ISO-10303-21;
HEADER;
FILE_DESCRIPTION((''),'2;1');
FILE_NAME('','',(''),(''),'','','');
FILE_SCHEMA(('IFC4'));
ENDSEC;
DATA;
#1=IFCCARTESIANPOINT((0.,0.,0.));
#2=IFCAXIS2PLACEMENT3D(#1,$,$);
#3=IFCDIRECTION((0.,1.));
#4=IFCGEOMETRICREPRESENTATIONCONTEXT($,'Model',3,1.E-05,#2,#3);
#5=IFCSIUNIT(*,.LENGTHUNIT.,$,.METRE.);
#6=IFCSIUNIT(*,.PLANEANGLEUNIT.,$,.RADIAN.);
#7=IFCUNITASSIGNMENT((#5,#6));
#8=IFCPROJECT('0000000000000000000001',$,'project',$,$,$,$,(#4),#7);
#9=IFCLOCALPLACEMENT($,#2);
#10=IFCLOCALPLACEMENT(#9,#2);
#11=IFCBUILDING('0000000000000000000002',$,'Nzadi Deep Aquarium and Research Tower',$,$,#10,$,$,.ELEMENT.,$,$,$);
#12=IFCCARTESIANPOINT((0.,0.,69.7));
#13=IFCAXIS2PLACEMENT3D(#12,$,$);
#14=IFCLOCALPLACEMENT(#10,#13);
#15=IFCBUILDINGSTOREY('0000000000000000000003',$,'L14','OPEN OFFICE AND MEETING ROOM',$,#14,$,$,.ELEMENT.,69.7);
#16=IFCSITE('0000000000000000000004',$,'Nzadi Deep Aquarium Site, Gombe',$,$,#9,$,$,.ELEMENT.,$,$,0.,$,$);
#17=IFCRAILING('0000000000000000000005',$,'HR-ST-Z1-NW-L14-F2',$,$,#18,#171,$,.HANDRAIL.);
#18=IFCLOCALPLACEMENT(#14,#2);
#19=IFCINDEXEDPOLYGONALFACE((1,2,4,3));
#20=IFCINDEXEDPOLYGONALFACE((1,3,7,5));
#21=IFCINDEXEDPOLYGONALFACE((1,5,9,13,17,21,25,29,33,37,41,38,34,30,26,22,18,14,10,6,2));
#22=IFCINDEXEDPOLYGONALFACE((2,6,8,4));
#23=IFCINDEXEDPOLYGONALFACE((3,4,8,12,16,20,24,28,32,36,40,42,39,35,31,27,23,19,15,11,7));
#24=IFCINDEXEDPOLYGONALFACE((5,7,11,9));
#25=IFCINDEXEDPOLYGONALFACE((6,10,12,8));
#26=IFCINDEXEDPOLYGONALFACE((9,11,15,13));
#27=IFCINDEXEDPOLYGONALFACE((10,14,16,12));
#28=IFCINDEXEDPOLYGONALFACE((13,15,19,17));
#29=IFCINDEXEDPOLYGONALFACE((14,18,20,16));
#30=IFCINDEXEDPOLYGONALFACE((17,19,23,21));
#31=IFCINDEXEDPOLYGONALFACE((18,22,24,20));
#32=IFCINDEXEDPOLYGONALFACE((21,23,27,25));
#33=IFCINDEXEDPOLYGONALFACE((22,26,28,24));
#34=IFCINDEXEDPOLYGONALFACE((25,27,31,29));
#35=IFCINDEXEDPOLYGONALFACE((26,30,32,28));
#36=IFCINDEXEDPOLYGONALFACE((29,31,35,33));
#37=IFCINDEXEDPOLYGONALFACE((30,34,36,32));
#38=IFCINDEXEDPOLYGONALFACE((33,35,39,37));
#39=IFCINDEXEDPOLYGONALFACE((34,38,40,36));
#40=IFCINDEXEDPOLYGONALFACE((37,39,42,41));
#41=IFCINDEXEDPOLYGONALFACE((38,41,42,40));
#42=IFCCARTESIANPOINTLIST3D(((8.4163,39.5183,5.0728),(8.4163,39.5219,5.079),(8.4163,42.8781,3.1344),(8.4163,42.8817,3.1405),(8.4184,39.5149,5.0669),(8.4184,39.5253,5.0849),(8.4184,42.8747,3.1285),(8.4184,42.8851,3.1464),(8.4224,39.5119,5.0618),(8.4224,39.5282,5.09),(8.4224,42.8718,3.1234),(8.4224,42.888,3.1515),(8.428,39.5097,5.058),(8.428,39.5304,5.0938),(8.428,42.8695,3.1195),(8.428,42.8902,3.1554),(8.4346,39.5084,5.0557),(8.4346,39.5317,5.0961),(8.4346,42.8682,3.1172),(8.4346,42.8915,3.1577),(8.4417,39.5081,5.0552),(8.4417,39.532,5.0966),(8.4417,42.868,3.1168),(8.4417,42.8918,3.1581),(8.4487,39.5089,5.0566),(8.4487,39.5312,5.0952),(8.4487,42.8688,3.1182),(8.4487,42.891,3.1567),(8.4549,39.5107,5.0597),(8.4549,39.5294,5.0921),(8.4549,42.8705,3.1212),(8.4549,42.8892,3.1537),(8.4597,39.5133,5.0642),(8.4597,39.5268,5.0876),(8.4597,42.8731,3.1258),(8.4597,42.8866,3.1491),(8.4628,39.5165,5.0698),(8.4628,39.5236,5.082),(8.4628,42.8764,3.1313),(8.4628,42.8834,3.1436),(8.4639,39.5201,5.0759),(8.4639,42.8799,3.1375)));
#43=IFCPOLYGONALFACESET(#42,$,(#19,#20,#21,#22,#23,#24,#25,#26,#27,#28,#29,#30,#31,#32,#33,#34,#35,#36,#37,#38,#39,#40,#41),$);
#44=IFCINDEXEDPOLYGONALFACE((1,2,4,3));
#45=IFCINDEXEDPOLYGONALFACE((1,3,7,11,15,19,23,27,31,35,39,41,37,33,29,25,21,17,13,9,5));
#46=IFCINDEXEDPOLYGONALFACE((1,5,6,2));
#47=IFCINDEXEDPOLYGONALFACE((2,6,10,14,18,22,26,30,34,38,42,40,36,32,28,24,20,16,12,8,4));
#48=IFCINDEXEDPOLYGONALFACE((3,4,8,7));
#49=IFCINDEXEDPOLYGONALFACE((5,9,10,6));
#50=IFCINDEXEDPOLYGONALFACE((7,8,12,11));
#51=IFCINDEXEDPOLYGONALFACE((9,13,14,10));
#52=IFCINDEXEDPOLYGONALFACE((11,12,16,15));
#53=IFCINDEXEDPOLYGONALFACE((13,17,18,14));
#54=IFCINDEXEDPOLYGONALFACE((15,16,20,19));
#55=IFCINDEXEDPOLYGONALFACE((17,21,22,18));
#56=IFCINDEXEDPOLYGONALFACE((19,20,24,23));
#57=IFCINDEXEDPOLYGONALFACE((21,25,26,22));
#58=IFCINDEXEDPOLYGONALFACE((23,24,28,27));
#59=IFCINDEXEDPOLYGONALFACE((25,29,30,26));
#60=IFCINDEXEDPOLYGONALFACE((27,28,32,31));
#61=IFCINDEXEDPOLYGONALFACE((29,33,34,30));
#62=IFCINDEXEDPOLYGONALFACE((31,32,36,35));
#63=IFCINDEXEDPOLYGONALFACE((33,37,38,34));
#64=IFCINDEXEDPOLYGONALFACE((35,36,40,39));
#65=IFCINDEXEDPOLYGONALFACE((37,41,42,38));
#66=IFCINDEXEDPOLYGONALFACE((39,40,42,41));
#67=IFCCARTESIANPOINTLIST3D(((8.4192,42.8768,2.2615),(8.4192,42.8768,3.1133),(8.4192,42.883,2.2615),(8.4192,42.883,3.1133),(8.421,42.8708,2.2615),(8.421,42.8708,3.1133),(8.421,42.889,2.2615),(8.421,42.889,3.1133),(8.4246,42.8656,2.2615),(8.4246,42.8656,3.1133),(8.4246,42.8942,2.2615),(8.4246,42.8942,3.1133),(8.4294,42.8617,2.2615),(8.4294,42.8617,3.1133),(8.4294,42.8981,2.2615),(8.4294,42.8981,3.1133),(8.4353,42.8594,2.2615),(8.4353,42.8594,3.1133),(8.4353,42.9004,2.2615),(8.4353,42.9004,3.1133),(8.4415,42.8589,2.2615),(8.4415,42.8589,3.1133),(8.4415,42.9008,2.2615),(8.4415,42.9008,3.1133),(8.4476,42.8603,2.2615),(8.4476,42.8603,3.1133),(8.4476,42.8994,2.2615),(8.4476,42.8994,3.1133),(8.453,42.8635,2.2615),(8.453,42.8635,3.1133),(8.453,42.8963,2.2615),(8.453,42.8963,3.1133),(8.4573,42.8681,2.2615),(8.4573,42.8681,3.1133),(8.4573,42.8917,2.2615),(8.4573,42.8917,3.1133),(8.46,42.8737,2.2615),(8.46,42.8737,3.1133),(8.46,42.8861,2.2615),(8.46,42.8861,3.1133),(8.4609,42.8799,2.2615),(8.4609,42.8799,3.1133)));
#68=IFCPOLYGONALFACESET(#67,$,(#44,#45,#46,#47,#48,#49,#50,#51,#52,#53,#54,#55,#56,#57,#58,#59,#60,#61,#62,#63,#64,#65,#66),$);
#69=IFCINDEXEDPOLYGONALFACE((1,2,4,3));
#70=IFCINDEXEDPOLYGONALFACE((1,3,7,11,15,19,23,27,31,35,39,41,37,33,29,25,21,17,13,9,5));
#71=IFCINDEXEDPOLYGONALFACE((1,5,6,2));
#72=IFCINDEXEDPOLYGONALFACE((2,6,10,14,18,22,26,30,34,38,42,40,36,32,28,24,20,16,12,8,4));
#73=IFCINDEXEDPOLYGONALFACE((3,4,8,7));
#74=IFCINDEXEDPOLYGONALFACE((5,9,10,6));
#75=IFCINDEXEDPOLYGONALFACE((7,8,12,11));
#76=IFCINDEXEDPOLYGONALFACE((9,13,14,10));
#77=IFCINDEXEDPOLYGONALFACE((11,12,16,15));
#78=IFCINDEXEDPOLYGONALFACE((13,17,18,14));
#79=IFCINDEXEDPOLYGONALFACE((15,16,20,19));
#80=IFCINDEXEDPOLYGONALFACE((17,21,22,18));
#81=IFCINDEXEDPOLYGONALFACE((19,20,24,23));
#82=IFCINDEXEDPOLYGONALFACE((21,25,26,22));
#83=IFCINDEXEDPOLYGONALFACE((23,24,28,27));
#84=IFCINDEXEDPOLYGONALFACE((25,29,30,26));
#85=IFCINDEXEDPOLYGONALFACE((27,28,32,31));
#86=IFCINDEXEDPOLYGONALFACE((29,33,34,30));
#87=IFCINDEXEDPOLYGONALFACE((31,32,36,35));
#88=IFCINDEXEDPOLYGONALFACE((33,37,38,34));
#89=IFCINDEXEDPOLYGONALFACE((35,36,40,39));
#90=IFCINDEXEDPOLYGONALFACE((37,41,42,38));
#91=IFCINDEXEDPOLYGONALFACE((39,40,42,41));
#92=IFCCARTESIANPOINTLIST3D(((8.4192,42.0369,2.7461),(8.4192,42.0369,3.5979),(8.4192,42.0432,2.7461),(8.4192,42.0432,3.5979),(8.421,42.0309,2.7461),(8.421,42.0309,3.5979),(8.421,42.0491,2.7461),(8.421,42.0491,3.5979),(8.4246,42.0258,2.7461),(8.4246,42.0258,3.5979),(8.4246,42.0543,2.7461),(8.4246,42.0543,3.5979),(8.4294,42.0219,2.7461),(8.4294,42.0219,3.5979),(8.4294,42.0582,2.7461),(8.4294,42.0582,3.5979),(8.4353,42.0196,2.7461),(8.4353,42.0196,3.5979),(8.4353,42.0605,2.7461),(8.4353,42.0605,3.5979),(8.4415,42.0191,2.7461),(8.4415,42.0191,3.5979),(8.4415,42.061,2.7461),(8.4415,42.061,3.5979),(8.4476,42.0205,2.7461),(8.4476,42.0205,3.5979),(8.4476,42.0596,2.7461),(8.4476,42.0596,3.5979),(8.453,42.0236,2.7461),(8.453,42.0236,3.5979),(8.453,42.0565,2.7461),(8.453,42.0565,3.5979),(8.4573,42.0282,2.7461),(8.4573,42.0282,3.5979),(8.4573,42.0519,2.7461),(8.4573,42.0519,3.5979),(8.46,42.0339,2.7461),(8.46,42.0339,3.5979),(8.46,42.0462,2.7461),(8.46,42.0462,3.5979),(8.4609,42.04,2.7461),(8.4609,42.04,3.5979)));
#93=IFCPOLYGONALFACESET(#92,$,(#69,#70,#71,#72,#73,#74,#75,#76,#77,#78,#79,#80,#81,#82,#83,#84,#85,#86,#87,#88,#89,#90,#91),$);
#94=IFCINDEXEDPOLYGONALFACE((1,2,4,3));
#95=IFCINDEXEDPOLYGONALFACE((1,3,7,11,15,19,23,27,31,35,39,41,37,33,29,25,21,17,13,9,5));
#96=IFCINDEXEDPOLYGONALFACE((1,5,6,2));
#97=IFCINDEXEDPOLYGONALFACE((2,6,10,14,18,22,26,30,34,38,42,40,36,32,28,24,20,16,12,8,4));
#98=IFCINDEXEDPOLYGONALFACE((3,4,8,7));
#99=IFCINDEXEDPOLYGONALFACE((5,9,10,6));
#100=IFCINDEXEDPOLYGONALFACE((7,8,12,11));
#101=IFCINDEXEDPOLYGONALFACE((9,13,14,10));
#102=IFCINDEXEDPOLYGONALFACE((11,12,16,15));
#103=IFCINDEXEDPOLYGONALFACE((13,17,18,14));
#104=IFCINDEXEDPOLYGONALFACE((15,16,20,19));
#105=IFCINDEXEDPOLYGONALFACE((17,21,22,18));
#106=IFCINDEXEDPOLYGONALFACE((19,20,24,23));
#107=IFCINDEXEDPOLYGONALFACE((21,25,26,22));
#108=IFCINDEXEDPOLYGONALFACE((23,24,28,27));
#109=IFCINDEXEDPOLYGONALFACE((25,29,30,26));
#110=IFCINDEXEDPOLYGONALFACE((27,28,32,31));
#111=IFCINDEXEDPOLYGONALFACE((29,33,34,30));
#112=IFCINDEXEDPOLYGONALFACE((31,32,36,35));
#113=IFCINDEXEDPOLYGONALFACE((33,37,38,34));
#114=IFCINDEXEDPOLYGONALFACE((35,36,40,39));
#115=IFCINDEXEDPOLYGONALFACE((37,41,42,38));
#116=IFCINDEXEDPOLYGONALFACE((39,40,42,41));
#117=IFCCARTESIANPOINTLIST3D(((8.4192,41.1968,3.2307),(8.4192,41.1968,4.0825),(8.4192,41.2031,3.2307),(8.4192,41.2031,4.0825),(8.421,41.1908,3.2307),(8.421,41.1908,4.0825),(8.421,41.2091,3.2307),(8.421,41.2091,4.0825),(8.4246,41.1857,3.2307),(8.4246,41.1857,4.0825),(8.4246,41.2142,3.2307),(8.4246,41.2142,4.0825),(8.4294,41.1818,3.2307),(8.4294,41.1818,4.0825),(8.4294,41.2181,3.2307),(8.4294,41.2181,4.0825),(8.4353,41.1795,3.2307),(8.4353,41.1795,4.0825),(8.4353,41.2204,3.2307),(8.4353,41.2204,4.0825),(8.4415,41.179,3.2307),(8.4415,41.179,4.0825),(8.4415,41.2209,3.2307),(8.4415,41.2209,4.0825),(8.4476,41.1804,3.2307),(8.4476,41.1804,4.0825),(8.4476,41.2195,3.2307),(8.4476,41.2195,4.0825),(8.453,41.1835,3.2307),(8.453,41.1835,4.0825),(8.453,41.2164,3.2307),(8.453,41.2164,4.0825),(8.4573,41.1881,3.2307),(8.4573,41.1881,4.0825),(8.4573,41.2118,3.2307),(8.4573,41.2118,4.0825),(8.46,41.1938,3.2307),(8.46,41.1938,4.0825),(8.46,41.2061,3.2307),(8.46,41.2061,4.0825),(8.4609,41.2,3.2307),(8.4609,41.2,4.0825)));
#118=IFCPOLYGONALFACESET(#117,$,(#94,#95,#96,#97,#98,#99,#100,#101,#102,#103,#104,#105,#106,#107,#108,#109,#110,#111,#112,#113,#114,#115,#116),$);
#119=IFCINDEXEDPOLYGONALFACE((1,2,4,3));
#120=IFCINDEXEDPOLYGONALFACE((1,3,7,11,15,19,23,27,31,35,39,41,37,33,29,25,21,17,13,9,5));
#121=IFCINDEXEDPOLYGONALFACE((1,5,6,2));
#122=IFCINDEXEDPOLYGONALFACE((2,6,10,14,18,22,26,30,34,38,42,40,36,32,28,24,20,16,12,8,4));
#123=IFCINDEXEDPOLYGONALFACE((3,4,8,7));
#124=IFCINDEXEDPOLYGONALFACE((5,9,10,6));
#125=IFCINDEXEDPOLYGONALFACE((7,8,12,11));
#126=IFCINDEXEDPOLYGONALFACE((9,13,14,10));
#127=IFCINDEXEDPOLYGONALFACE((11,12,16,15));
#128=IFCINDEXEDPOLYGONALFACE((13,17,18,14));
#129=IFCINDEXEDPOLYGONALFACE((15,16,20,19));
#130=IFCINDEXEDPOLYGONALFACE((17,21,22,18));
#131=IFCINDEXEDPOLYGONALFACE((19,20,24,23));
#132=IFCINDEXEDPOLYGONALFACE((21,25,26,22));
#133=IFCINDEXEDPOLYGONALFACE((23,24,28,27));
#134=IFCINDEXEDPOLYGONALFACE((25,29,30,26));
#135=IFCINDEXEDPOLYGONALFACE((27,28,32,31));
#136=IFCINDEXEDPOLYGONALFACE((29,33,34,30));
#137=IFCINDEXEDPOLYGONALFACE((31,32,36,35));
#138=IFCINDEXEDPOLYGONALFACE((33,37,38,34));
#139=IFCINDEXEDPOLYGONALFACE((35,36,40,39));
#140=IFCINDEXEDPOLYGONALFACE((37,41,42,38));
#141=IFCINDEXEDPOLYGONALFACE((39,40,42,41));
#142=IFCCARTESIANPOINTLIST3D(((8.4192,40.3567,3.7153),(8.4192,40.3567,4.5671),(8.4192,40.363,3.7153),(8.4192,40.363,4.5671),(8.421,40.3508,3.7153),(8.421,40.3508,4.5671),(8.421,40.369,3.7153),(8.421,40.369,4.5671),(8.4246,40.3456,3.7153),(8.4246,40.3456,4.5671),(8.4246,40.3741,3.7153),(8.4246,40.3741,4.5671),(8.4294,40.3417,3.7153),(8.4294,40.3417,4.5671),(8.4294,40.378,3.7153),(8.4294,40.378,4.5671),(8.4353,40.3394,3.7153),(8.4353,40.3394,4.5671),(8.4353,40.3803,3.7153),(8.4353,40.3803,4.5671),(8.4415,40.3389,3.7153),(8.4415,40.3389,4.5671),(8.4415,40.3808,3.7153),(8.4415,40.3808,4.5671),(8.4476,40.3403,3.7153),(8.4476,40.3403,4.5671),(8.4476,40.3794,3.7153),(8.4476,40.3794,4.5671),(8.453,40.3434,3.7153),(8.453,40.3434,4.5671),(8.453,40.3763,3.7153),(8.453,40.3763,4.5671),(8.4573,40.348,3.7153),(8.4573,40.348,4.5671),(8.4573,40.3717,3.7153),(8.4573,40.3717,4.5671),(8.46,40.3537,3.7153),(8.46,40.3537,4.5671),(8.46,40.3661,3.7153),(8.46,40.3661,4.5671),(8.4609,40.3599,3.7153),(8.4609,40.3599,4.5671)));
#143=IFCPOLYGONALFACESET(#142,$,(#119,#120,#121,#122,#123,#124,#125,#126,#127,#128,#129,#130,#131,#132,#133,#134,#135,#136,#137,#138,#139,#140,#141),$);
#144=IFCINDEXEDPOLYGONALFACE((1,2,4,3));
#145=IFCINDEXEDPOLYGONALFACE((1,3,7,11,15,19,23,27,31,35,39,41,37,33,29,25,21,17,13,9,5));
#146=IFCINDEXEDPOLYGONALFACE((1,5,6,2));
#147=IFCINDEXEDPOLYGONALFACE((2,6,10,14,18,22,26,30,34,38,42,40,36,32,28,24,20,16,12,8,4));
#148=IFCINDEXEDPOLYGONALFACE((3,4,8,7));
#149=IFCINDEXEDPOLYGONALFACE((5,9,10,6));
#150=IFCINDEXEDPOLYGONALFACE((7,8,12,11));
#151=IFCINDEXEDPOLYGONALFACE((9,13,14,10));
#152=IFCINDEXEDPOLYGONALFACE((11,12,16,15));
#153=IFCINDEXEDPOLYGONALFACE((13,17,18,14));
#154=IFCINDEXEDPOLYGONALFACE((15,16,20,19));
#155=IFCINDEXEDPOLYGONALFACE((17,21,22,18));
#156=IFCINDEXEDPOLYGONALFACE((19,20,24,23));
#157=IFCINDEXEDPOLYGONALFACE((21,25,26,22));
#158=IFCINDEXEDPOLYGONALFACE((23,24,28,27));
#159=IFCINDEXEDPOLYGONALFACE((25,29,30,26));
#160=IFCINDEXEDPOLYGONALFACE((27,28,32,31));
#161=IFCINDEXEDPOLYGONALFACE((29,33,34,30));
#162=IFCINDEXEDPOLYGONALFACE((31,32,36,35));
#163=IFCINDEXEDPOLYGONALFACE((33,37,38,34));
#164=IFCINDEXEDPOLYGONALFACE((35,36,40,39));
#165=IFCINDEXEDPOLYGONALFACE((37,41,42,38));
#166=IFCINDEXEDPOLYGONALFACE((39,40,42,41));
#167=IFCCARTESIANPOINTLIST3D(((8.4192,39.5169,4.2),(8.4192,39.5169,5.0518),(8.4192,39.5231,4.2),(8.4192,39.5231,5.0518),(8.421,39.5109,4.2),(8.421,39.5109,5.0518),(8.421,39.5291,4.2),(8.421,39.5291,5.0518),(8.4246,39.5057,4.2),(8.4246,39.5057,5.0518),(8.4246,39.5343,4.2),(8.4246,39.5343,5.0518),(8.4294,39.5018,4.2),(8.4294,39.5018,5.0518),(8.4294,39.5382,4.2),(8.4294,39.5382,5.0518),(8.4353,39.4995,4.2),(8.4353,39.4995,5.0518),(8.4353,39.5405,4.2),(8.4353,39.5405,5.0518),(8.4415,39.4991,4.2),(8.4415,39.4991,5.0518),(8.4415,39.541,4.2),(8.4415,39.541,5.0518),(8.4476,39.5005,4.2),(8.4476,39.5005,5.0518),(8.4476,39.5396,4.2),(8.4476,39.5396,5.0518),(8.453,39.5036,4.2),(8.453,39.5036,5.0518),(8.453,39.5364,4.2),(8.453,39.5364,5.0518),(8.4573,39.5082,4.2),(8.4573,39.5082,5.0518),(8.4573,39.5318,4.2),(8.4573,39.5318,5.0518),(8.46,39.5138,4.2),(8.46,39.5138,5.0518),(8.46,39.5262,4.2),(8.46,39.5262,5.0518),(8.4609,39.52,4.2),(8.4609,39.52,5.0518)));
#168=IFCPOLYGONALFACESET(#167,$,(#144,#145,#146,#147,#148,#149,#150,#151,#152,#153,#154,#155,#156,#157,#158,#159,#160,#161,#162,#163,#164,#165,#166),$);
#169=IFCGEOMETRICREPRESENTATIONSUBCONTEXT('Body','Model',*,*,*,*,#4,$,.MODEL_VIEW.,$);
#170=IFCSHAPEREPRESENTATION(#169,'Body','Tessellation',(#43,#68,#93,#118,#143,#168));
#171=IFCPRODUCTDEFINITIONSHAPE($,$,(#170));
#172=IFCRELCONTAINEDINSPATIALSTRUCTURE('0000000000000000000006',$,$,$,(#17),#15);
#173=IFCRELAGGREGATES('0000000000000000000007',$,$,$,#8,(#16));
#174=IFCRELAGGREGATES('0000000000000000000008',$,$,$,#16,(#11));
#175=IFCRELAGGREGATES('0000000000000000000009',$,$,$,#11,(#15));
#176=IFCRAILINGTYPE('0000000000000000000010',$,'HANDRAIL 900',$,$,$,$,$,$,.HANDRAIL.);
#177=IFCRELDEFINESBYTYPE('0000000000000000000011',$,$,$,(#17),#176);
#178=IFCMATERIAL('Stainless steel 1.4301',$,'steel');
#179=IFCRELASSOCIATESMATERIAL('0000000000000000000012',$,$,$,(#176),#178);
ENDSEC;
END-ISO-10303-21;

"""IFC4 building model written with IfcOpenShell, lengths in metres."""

from ifc_helpers import new_model, si_unit, direction, frame, origin, origin_2d, place, context, subcontext, project, spatial, circle, extrude, material, type_object, element, save


model = new_model("IFC4")

# Units and contexts
model_context = context("Model", 3, precision=1e-05, world=origin(), true_north=direction((0.0, 1.0)))
body_context = subcontext(model_context, "Body", "Model", "MODEL_VIEW")
ifc_project = project(units=[si_unit("LENGTHUNIT", "METRE"), si_unit("PLANEANGLEUNIT", "RADIAN")], contexts=[model_context])

# Site, building, storey
site_placement = place(None, origin())
site = spatial("IfcSite", under=ifc_project, at=site_placement, Name="Nzadi Deep Aquarium Site, Gombe", CompositionType="ELEMENT", RefElevation=0.0)
building_placement = place(site_placement, origin())
building = spatial("IfcBuilding", under=site, at=building_placement, Name="Nzadi Deep Aquarium and Research Tower", CompositionType="ELEMENT")
storey_placement = place(building_placement, frame((0.0, 0.0, 69.7)))
storey = spatial("IfcBuildingStorey", under=building, at=storey_placement, Name="L14", Description="OPEN OFFICE AND MEETING ROOM", CompositionType="ELEMENT", Elevation=69.7)

# Railing
ifc_material_1 = material(Name="Stainless steel 1.4301", Category="steel")
railing_type = type_object("IfcRailingType", Name="HANDRAIL 900", PredefinedType="HANDRAIL", material=ifc_material_1)
for number, where, name in (
    (1, (8.4399, 42.8799, 2.2615), "HR-ST-Z1-NW-L14-F2"),
):
    element("IfcRailing", number, at=place(storey_placement, frame(where)), inside=storey, type_object=railing_type, Name=name, PredefinedType="HANDRAIL", context=body_context, shape_type="SweptSolid", body=[
        extrude(circle(Radius=0.0239, at=origin_2d()), frame((0.0, 0.0, 0.876), z_axis=(0.0, -0.866175, 0.499741), x_axis=(1.0, 0.0, 0.0)), (0.0, 0.0, 1.0), 3.8789),
        extrude(circle(Radius=0.021, at=origin_2d()), origin(), (0.0, 0.0, 1.0), 0.8518),
        extrude(circle(Radius=0.021, at=origin_2d()), frame((0.0, -0.8398, 0.4846)), (0.0, 0.0, 1.0), 0.8518),
        extrude(circle(Radius=0.021, at=origin_2d()), frame((0.0, -1.6799, 0.9692)), (0.0, 0.0, 1.0), 0.8518),
        extrude(circle(Radius=0.021, at=origin_2d()), frame((0.0, -2.52, 1.4539)), (0.0, 0.0, 1.0), 0.8518),
        extrude(circle(Radius=0.021, at=origin_2d()), frame((0.0, -3.3599, 1.9385)), (0.0, 0.0, 1.0), 0.8518),
    ])

save(model, "model.ifc")
